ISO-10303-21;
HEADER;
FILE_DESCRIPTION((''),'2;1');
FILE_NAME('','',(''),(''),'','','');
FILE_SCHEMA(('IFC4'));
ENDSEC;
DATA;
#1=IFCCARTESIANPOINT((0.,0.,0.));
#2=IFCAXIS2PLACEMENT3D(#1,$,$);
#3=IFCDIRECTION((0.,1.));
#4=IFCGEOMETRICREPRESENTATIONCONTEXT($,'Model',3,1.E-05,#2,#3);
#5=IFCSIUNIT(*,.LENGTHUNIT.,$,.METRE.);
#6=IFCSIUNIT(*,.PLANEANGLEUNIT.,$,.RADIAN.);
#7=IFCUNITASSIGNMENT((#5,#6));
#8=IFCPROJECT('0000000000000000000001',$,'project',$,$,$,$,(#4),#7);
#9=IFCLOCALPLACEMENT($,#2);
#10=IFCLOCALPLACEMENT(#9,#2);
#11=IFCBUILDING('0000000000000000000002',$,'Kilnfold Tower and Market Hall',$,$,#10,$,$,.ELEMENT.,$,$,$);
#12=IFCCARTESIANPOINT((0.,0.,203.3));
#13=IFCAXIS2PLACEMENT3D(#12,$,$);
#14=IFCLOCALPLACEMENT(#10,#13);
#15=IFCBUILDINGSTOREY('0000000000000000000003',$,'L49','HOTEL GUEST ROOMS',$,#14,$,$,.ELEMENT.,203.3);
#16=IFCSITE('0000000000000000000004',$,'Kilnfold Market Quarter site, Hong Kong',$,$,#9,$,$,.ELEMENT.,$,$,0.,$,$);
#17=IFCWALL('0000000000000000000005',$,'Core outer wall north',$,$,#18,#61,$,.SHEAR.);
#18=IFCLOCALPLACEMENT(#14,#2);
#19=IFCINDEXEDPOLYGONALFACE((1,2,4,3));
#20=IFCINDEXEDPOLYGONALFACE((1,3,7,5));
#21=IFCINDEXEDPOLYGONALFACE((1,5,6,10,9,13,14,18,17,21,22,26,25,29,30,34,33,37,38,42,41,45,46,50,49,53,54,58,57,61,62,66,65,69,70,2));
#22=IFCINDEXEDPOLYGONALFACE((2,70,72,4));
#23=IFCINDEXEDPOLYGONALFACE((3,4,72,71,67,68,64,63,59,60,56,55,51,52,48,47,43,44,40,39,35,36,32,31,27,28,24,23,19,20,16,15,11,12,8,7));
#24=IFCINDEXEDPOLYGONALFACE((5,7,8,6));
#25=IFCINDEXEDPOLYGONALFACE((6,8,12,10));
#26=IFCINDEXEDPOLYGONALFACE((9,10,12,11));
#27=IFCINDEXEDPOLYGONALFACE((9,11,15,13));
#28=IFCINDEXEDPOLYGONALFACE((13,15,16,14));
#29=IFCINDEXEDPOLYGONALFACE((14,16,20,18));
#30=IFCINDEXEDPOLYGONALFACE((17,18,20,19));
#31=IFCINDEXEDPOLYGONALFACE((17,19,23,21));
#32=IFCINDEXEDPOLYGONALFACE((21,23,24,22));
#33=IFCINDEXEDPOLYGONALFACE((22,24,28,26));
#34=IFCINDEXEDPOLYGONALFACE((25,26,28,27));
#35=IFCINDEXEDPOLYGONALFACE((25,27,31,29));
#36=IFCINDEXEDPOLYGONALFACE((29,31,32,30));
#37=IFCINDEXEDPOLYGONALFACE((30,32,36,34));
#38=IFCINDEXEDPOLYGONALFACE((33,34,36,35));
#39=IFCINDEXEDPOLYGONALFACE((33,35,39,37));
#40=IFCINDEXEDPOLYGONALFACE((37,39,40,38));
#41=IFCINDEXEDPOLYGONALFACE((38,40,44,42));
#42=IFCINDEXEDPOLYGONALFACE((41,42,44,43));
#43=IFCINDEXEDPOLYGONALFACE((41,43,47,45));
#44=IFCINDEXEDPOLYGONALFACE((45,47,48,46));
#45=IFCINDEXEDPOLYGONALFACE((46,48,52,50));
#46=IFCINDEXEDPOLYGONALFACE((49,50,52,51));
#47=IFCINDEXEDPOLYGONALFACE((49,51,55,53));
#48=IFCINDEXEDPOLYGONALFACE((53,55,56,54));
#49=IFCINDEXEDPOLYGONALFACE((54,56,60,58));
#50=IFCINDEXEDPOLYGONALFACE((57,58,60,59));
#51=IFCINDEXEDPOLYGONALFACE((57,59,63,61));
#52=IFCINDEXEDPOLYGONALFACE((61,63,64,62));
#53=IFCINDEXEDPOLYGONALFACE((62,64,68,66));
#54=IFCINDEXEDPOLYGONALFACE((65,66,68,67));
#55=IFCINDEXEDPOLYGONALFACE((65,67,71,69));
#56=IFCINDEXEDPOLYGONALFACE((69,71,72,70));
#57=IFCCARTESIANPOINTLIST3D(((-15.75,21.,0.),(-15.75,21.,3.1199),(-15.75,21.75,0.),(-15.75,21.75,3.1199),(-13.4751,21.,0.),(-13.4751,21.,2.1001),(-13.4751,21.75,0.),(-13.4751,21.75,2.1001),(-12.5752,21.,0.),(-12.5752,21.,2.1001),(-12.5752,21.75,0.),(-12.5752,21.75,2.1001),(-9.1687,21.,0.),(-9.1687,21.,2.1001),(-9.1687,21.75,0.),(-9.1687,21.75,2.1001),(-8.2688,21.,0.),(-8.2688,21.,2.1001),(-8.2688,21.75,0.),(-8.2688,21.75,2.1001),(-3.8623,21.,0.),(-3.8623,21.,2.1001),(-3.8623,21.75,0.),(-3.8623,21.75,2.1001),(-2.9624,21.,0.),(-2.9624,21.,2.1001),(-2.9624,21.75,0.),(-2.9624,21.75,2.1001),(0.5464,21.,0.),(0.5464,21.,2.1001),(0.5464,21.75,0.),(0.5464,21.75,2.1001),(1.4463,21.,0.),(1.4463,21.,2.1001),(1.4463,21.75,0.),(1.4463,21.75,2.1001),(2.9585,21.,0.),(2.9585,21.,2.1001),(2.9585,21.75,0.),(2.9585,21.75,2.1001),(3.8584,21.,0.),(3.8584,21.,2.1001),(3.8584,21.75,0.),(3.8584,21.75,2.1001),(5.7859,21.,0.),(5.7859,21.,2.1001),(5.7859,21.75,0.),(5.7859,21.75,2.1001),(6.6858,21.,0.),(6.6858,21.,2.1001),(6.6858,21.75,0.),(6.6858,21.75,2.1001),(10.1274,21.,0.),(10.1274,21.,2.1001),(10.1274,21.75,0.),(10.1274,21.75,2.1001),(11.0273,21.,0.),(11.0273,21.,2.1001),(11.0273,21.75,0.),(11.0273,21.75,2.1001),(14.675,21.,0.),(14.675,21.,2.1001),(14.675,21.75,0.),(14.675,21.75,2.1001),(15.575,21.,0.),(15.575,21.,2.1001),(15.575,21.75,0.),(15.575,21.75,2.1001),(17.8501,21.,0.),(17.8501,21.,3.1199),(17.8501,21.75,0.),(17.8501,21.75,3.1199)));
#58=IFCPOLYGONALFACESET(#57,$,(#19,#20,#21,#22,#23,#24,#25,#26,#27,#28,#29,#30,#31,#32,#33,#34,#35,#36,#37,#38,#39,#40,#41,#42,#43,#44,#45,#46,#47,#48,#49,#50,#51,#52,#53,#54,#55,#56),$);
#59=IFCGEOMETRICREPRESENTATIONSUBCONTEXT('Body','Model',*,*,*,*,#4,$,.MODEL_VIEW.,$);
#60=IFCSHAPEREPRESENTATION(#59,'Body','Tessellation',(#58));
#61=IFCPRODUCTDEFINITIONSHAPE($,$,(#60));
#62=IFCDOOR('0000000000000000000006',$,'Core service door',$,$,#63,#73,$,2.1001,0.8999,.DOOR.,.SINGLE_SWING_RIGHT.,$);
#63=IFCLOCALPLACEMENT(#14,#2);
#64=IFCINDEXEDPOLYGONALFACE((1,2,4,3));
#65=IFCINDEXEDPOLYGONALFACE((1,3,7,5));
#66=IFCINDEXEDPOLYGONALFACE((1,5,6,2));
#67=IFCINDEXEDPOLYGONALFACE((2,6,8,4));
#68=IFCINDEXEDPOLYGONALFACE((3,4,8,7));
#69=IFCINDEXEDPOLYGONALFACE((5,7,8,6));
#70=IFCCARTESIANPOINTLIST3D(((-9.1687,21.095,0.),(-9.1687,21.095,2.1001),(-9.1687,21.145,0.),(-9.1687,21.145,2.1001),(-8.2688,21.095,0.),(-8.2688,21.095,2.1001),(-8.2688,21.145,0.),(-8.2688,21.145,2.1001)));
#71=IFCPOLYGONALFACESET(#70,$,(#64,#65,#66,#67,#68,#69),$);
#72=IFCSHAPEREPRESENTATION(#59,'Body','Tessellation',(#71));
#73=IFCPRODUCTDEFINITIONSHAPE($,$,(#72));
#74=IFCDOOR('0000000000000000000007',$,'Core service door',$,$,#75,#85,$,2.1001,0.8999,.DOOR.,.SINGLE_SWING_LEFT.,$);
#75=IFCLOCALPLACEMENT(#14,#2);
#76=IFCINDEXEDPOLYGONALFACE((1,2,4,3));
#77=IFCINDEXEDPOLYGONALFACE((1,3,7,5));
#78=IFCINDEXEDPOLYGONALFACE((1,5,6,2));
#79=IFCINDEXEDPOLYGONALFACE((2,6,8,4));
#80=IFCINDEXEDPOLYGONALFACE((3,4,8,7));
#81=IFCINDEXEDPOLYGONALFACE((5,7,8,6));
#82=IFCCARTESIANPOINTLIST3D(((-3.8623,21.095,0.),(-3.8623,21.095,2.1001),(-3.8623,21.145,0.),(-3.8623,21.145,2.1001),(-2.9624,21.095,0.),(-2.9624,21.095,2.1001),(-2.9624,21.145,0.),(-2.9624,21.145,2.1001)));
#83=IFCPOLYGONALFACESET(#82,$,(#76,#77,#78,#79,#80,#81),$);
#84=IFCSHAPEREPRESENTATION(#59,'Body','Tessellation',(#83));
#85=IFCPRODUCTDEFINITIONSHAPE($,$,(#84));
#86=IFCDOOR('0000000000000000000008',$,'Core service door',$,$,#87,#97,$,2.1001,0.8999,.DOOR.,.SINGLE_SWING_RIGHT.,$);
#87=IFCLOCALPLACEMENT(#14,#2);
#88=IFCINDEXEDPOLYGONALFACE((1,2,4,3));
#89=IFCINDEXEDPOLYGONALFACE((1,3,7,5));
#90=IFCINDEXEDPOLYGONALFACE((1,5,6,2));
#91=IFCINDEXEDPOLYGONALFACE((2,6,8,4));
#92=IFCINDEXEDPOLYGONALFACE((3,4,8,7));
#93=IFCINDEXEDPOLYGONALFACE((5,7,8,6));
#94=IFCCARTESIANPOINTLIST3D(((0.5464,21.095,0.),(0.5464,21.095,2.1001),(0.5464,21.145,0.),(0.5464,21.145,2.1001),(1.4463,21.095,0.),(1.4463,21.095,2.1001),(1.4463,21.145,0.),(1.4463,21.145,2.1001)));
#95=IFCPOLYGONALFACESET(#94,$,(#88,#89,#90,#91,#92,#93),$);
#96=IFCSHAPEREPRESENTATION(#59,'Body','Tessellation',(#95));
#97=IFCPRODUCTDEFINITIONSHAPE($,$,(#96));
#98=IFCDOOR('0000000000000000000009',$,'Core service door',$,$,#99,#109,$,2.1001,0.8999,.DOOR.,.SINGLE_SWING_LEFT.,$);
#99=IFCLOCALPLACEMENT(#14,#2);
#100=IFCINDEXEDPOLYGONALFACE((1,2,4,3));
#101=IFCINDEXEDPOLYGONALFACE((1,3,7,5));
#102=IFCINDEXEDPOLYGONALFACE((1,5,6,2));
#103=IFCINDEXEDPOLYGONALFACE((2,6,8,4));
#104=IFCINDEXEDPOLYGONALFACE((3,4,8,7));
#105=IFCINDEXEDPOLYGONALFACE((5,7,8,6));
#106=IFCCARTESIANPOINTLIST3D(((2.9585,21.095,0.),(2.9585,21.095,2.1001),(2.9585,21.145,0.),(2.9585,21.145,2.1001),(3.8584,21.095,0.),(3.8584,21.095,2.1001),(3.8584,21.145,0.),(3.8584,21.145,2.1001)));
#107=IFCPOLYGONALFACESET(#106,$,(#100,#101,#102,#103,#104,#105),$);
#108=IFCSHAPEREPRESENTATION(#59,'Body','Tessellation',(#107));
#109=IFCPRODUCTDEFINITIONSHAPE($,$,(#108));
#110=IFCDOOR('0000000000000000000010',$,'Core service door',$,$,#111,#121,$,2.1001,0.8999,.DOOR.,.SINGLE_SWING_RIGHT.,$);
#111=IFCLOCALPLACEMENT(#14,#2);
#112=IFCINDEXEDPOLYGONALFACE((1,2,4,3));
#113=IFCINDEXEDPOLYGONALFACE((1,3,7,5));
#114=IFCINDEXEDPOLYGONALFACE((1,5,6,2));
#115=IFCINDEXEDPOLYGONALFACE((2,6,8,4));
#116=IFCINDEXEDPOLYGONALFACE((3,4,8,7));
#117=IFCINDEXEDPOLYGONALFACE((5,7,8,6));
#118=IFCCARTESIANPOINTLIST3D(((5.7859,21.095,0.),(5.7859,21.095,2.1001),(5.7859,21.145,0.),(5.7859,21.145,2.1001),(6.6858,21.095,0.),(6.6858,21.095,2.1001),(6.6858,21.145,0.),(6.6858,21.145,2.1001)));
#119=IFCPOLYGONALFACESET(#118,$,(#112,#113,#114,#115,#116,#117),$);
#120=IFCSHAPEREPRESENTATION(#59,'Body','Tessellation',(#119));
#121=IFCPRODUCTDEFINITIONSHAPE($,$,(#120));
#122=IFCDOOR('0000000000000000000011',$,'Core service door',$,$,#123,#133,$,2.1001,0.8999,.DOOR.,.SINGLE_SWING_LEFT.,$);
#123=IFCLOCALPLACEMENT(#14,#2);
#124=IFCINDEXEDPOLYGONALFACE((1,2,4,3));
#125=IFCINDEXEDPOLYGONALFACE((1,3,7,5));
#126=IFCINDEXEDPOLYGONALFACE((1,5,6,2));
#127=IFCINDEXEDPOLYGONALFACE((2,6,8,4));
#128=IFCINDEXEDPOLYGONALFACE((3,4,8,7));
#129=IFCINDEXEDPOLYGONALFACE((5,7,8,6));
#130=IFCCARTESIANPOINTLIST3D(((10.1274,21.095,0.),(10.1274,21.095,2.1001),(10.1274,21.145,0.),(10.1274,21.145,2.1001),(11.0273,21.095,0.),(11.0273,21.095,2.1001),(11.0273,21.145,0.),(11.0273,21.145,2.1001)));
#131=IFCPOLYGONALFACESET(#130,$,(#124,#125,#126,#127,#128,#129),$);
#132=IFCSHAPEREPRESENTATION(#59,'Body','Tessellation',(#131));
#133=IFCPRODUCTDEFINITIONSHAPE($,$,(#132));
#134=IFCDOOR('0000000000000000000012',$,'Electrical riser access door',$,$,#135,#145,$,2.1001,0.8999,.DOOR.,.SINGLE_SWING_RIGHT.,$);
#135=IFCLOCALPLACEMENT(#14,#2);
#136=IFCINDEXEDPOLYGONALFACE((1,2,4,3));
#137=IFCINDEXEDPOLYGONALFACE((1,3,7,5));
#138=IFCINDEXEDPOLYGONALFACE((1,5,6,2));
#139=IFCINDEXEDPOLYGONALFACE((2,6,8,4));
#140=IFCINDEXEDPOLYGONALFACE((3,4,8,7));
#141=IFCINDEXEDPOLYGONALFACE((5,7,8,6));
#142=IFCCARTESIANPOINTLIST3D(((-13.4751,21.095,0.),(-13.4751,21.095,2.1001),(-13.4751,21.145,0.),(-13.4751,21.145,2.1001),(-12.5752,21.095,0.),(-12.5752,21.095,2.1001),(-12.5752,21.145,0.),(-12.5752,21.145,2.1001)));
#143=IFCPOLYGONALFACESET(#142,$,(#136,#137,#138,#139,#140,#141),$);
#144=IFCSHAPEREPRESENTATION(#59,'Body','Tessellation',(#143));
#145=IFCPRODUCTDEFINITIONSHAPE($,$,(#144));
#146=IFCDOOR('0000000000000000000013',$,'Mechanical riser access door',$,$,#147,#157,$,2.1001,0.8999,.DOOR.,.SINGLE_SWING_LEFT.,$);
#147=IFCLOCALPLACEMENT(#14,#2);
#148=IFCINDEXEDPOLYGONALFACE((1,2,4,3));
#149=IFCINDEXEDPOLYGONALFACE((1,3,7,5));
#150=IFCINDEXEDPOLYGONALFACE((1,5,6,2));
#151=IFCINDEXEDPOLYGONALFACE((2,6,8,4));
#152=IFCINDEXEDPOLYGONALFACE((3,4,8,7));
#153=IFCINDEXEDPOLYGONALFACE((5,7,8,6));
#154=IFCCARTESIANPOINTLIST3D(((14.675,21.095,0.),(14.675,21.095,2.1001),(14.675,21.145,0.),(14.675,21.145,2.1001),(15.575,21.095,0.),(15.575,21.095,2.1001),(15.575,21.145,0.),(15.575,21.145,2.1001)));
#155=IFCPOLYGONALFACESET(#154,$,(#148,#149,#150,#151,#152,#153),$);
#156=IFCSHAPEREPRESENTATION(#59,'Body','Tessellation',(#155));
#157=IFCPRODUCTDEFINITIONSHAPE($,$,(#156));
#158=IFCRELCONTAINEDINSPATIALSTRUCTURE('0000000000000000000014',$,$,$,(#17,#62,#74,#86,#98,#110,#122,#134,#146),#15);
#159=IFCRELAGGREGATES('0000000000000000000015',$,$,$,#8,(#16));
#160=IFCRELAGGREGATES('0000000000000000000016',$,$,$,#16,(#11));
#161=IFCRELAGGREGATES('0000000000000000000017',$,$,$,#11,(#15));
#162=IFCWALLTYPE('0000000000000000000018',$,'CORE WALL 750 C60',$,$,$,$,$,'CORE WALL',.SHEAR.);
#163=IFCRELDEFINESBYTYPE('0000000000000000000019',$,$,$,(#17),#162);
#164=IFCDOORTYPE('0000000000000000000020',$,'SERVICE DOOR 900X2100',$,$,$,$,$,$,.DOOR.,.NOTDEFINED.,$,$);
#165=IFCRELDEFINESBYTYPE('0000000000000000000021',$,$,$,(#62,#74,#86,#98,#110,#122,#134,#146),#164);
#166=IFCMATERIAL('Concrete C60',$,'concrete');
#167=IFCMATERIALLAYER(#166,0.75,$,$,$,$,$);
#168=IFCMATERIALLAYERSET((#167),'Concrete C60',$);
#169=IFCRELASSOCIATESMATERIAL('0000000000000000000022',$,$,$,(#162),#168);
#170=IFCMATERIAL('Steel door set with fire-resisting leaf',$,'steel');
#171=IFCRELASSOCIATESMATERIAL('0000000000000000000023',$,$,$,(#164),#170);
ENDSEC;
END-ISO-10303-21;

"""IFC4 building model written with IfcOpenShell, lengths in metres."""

from ifc_helpers import new_model, si_unit, direction, frame, frame_2d, origin, place, context, subcontext, project, spatial, rectangle, extrude, source, transform, mapped, material, layer, layer_set, type_object, element, fill, save


model = new_model("IFC4")

# Units and contexts
model_context = context("Model", 3, precision=1e-05, world=origin(), true_north=direction((0.0, 1.0)))
body_context = subcontext(model_context, "Body", "Model", "MODEL_VIEW")
ifc_project = project(units=[si_unit("LENGTHUNIT", "METRE"), si_unit("PLANEANGLEUNIT", "RADIAN")], contexts=[model_context])

# Site, building, storey
site_placement = place(None, origin())
site = spatial("IfcSite", under=ifc_project, at=site_placement, Name="Kilnfold Market Quarter site, Hong Kong", CompositionType="ELEMENT", RefElevation=0.0)
building_placement = place(site_placement, origin())
building = spatial("IfcBuilding", under=site, at=building_placement, Name="Kilnfold Tower and Market Hall", CompositionType="ELEMENT")
storey_placement = place(building_placement, frame((0.0, 0.0, 203.3)))
storey = spatial("IfcBuildingStorey", under=building, at=storey_placement, Name="L49", Description="HOTEL GUEST ROOMS", CompositionType="ELEMENT", Elevation=203.3)

# Wall, openings, doors
ifc_material_1 = material(Name="Concrete C60", Category="concrete")
ifc_layer_1 = layer(ifc_material_1, 0.75)
ifc_layer_set_1 = layer_set([ifc_layer_1], Name="Concrete C60")
wall_type_1 = type_object("IfcWallType", Name="CORE WALL 750 C60", ElementType="CORE WALL", PredefinedType="SHEAR", material=ifc_layer_set_1)
shared_shape_1 = source(origin(), body_context, "Body", "SweptSolid", [
    extrude(rectangle(XDim=33.6001, YDim=0.75, at=frame_2d((16.8, 0.0))), origin(), (0.0, 0.0, 1.0), 3.1199),
])
wall_1_placement = place(storey_placement, frame((-15.75, 21.375, 0.0), z_axis=(0.0, 0.0, 1.0), x_axis=(1.0, 0.0, 0.0)))
wall_1 = element("IfcWall", 1, at=wall_1_placement, inside=storey, type_object=wall_type_1, Name="Core outer wall north", PredefinedType="SHEAR", context=body_context, shape_type="MappedRepresentation", body=[
    mapped(shared_shape_1, transform((0.0, 0.0, 0.0))),
])
opening_1_placement = place(wall_1_placement, frame((6.5813, 0.0, 0.0)))
opening_1 = element("IfcOpeningElement", 2, at=opening_1_placement, cuts=wall_1, PredefinedType="OPENING", context=body_context, shape_type="SweptSolid", body=[
    extrude(rectangle(XDim=0.8999, YDim=2.1001, at=frame_2d((0.45, 1.05))), frame((0.0, 0.385, 0.0), z_axis=(0.0, -1.0, 0.0), x_axis=(1.0, 0.0, 0.0)), (0.0, 0.0, 1.0), 0.77),
])
opening_2_placement = place(wall_1_placement, frame((11.8877, 0.0, 0.0)))
opening_2 = element("IfcOpeningElement", 3, at=opening_2_placement, cuts=wall_1, PredefinedType="OPENING", context=body_context, shape_type="SweptSolid", body=[
    extrude(rectangle(XDim=0.8999, YDim=2.1001, at=frame_2d((0.45, 1.05))), frame((0.0, 0.385, 0.0), z_axis=(0.0, -1.0, 0.0), x_axis=(1.0, 0.0, 0.0)), (0.0, 0.0, 1.0), 0.77),
])
opening_3_placement = place(wall_1_placement, frame((16.2964, 0.0, 0.0)))
opening_3 = element("IfcOpeningElement", 4, at=opening_3_placement, cuts=wall_1, PredefinedType="OPENING", context=body_context, shape_type="SweptSolid", body=[
    extrude(rectangle(XDim=0.8999, YDim=2.1001, at=frame_2d((0.45, 1.05))), frame((0.0, 0.385, 0.0), z_axis=(0.0, -1.0, 0.0), x_axis=(1.0, 0.0, 0.0)), (0.0, 0.0, 1.0), 0.77),
])
opening_4_placement = place(wall_1_placement, frame((18.7085, 0.0, 0.0)))
opening_4 = element("IfcOpeningElement", 5, at=opening_4_placement, cuts=wall_1, PredefinedType="OPENING", context=body_context, shape_type="SweptSolid", body=[
    extrude(rectangle(XDim=0.8999, YDim=2.1001, at=frame_2d((0.45, 1.05))), frame((0.0, 0.385, 0.0), z_axis=(0.0, -1.0, 0.0), x_axis=(1.0, 0.0, 0.0)), (0.0, 0.0, 1.0), 0.77),
])
opening_5_placement = place(wall_1_placement, frame((21.5359, 0.0, 0.0)))
opening_5 = element("IfcOpeningElement", 6, at=opening_5_placement, cuts=wall_1, PredefinedType="OPENING", context=body_context, shape_type="SweptSolid", body=[
    extrude(rectangle(XDim=0.8999, YDim=2.1001, at=frame_2d((0.45, 1.05))), frame((0.0, 0.385, 0.0), z_axis=(0.0, -1.0, 0.0), x_axis=(1.0, 0.0, 0.0)), (0.0, 0.0, 1.0), 0.77),
])
opening_6_placement = place(wall_1_placement, frame((25.8774, 0.0, 0.0)))
opening_6 = element("IfcOpeningElement", 7, at=opening_6_placement, cuts=wall_1, PredefinedType="OPENING", context=body_context, shape_type="SweptSolid", body=[
    extrude(rectangle(XDim=0.8999, YDim=2.1001, at=frame_2d((0.45, 1.05))), frame((0.0, 0.385, 0.0), z_axis=(0.0, -1.0, 0.0), x_axis=(1.0, 0.0, 0.0)), (0.0, 0.0, 1.0), 0.77),
])
opening_7_placement = place(wall_1_placement, frame((2.2749, 0.0, 0.0)))
opening_7 = element("IfcOpeningElement", 8, at=opening_7_placement, cuts=wall_1, PredefinedType="OPENING", context=body_context, shape_type="SweptSolid", body=[
    extrude(rectangle(XDim=0.8999, YDim=2.1001, at=frame_2d((0.45, 1.05))), frame((0.0, 0.385, 0.0), z_axis=(0.0, -1.0, 0.0), x_axis=(1.0, 0.0, 0.0)), (0.0, 0.0, 1.0), 0.77),
])
opening_8_placement = place(wall_1_placement, frame((30.425, 0.0, 0.0)))
opening_8 = element("IfcOpeningElement", 9, at=opening_8_placement, cuts=wall_1, PredefinedType="OPENING", context=body_context, shape_type="SweptSolid", body=[
    extrude(rectangle(XDim=0.8999, YDim=2.1001, at=frame_2d((0.45, 1.05))), frame((0.0, 0.385, 0.0), z_axis=(0.0, -1.0, 0.0), x_axis=(1.0, 0.0, 0.0)), (0.0, 0.0, 1.0), 0.77),
])
ifc_material_2 = material(Name="Steel door set with fire-resisting leaf", Category="steel")
door_type = type_object("IfcDoorType", Name="SERVICE DOOR 900X2100", OperationType="NOTDEFINED", PredefinedType="DOOR", material=ifc_material_2)
door_1_placement = place(opening_1_placement, origin())
door_1 = element("IfcDoor", 10, at=door_1_placement, inside=storey, type_object=door_type, Name="Core service door", OperationType="SINGLE_SWING_RIGHT", OverallHeight=2.1001, OverallWidth=0.8999, PredefinedType="DOOR", context=body_context, shape_type="SweptSolid", body=[
    extrude(rectangle(XDim=0.8999, YDim=2.1001, at=frame_2d((0.45, 1.05))), frame((0.0, -0.23, 0.0), z_axis=(0.0, -1.0, 0.0), x_axis=(1.0, 0.0, 0.0)), (0.0, 0.0, 1.0), 0.05),
])
fill(opening_1, door_1)
door_2_placement = place(opening_2_placement, origin())
door_2 = element("IfcDoor", 11, at=door_2_placement, inside=storey, type_object=door_type, Name="Core service door", OperationType="SINGLE_SWING_LEFT", OverallHeight=2.1001, OverallWidth=0.8999, PredefinedType="DOOR", context=body_context, shape_type="SweptSolid", body=[
    extrude(rectangle(XDim=0.8999, YDim=2.1001, at=frame_2d((0.45, 1.05))), frame((0.0, -0.23, 0.0), z_axis=(0.0, -1.0, 0.0), x_axis=(1.0, 0.0, 0.0)), (0.0, 0.0, 1.0), 0.05),
])
fill(opening_2, door_2)
door_3_placement = place(opening_3_placement, origin())
door_3 = element("IfcDoor", 12, at=door_3_placement, inside=storey, type_object=door_type, Name="Core service door", OperationType="SINGLE_SWING_RIGHT", OverallHeight=2.1001, OverallWidth=0.8999, PredefinedType="DOOR", context=body_context, shape_type="SweptSolid", body=[
    extrude(rectangle(XDim=0.8999, YDim=2.1001, at=frame_2d((0.45, 1.05))), frame((0.0, -0.23, 0.0), z_axis=(0.0, -1.0, 0.0), x_axis=(1.0, 0.0, 0.0)), (0.0, 0.0, 1.0), 0.05),
])
fill(opening_3, door_3)
door_4_placement = place(opening_4_placement, origin())
door_4 = element("IfcDoor", 13, at=door_4_placement, inside=storey, type_object=door_type, Name="Core service door", OperationType="SINGLE_SWING_LEFT", OverallHeight=2.1001, OverallWidth=0.8999, PredefinedType="DOOR", context=body_context, shape_type="SweptSolid", body=[
    extrude(rectangle(XDim=0.8999, YDim=2.1001, at=frame_2d((0.45, 1.05))), frame((0.0, -0.23, 0.0), z_axis=(0.0, -1.0, 0.0), x_axis=(1.0, 0.0, 0.0)), (0.0, 0.0, 1.0), 0.05),
])
fill(opening_4, door_4)
door_5_placement = place(opening_5_placement, origin())
door_5 = element("IfcDoor", 14, at=door_5_placement, inside=storey, type_object=door_type, Name="Core service door", OperationType="SINGLE_SWING_RIGHT", OverallHeight=2.1001, OverallWidth=0.8999, PredefinedType="DOOR", context=body_context, shape_type="SweptSolid", body=[
    extrude(rectangle(XDim=0.8999, YDim=2.1001, at=frame_2d((0.45, 1.05))), frame((0.0, -0.23, 0.0), z_axis=(0.0, -1.0, 0.0), x_axis=(1.0, 0.0, 0.0)), (0.0, 0.0, 1.0), 0.05),
])
fill(opening_5, door_5)
door_6_placement = place(opening_6_placement, origin())
door_6 = element("IfcDoor", 15, at=door_6_placement, inside=storey, type_object=door_type, Name="Core service door", OperationType="SINGLE_SWING_LEFT", OverallHeight=2.1001, OverallWidth=0.8999, PredefinedType="DOOR", context=body_context, shape_type="SweptSolid", body=[
    extrude(rectangle(XDim=0.8999, YDim=2.1001, at=frame_2d((0.45, 1.05))), frame((0.0, -0.23, 0.0), z_axis=(0.0, -1.0, 0.0), x_axis=(1.0, 0.0, 0.0)), (0.0, 0.0, 1.0), 0.05),
])
fill(opening_6, door_6)
door_7_placement = place(opening_7_placement, origin())
door_7 = element("IfcDoor", 16, at=door_7_placement, inside=storey, type_object=door_type, Name="Electrical riser access door", OperationType="SINGLE_SWING_RIGHT", OverallHeight=2.1001, OverallWidth=0.8999, PredefinedType="DOOR", context=body_context, shape_type="SweptSolid", body=[
    extrude(rectangle(XDim=0.8999, YDim=2.1001, at=frame_2d((0.45, 1.05))), frame((0.0, -0.23, 0.0), z_axis=(0.0, -1.0, 0.0), x_axis=(1.0, 0.0, 0.0)), (0.0, 0.0, 1.0), 0.05),
])
fill(opening_7, door_7)
door_8_placement = place(opening_8_placement, origin())
door_8 = element("IfcDoor", 17, at=door_8_placement, inside=storey, type_object=door_type, Name="Mechanical riser access door", OperationType="SINGLE_SWING_LEFT", OverallHeight=2.1001, OverallWidth=0.8999, PredefinedType="DOOR", context=body_context, shape_type="SweptSolid", body=[
    extrude(rectangle(XDim=0.8999, YDim=2.1001, at=frame_2d((0.45, 1.05))), frame((0.0, -0.23, 0.0), z_axis=(0.0, -1.0, 0.0), x_axis=(1.0, 0.0, 0.0)), (0.0, 0.0, 1.0), 0.05),
])
fill(opening_8, door_8)

save(model, "model.ifc")
